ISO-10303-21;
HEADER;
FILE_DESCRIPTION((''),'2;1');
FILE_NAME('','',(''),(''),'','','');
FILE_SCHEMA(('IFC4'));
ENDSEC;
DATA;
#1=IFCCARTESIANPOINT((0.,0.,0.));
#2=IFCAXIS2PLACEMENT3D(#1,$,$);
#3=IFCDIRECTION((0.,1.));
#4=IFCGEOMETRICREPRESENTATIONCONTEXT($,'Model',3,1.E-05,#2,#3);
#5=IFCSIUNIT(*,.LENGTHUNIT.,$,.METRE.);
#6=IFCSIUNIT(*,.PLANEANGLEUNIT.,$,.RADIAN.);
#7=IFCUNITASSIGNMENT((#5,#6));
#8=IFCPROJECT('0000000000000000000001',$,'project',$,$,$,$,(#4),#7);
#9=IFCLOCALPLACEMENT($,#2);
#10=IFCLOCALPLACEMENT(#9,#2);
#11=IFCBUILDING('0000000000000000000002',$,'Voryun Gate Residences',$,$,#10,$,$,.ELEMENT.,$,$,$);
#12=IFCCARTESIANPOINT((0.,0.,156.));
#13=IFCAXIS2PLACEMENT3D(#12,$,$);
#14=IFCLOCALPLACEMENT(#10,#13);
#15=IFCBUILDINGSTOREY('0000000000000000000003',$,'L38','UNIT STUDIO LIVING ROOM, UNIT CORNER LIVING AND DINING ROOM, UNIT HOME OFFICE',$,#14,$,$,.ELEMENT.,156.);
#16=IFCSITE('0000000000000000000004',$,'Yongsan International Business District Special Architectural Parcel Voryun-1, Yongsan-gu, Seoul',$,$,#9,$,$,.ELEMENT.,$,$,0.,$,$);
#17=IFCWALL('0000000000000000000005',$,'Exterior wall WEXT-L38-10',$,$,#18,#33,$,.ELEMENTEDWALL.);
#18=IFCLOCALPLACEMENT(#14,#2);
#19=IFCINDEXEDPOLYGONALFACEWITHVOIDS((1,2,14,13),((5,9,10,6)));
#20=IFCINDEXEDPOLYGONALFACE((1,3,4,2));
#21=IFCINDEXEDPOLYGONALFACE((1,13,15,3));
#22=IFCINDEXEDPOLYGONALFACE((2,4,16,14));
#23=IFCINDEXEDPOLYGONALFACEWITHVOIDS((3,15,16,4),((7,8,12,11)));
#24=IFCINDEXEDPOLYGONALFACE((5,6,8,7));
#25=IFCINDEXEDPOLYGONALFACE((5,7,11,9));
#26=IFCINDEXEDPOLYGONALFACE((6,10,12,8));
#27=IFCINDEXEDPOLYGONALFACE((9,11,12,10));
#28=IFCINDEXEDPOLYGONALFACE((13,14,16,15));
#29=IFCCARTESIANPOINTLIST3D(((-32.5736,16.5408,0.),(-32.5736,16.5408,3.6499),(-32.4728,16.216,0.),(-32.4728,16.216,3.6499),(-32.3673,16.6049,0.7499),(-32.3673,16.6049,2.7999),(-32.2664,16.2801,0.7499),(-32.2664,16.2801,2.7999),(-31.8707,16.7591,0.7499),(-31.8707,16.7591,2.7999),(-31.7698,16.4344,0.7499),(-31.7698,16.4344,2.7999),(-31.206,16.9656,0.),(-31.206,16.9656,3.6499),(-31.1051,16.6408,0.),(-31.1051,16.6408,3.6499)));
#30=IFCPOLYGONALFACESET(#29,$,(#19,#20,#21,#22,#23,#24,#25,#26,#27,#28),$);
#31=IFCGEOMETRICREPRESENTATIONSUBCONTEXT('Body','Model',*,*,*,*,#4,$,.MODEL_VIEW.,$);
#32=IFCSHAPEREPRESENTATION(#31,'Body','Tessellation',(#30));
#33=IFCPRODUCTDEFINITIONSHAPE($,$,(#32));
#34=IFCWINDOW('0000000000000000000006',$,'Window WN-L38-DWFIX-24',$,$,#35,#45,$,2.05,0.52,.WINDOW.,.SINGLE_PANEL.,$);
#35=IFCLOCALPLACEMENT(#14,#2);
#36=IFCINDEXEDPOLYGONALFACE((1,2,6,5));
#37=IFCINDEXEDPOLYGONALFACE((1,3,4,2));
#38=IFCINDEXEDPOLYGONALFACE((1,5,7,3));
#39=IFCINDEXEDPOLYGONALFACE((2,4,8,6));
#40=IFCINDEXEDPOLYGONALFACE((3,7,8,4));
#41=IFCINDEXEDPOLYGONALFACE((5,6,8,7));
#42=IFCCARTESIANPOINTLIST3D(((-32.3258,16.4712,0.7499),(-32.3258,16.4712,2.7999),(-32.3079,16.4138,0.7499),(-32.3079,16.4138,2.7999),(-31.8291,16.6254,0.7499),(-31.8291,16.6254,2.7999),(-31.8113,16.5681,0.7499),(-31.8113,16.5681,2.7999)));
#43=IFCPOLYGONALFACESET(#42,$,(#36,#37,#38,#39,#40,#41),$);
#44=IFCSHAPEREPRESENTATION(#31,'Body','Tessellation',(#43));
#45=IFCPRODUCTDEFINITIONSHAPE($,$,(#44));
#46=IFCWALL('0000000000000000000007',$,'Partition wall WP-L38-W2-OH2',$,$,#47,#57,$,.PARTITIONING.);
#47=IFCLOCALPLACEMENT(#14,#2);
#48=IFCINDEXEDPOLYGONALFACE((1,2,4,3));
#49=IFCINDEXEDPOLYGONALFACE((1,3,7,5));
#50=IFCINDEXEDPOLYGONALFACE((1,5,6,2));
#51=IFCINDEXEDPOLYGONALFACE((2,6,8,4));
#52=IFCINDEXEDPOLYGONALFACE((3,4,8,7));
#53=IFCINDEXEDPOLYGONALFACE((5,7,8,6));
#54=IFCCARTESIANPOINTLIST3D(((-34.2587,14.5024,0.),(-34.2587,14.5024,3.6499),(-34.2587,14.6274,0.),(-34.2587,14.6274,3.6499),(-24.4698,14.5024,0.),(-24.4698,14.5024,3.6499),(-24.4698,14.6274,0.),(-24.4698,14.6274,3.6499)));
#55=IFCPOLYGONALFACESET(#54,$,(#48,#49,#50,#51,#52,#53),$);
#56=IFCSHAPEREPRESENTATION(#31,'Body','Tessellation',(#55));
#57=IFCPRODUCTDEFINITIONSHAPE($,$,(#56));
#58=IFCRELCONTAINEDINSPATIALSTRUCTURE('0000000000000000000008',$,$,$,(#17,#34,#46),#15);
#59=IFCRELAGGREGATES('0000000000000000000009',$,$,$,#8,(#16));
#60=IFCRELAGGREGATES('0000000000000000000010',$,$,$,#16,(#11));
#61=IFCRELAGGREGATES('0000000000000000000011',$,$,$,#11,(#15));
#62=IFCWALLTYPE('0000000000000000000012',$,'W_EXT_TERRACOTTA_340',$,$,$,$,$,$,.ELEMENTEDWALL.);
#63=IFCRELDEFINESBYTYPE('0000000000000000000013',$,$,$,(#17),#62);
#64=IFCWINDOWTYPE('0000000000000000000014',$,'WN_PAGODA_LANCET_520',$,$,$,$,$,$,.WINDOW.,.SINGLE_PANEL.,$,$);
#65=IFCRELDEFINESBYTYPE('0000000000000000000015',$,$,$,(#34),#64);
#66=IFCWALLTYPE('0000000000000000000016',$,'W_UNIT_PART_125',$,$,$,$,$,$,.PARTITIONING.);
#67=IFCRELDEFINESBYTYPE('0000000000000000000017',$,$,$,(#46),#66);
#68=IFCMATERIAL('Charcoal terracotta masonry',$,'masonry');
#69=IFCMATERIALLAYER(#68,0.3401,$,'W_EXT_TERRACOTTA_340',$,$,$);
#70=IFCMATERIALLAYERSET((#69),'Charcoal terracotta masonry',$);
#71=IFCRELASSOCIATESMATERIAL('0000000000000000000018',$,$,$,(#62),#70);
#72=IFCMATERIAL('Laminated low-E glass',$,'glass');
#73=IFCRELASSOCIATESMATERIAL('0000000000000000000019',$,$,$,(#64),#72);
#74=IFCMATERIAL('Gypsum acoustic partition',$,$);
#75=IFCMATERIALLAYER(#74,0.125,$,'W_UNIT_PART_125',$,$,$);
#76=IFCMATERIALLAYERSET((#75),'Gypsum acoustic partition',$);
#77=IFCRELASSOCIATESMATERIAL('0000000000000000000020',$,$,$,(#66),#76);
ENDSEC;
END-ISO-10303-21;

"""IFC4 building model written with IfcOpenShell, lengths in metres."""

from ifc_helpers import new_model, si_unit, direction, frame, frame_2d, origin, place, context, subcontext, project, spatial, rectangle, extrude, material, layer, layer_set, type_object, element, fill, save


model = new_model("IFC4")

# Units and contexts
model_context = context("Model", 3, precision=1e-05, world=origin(), true_north=direction((0.0, 1.0)))
body_context = subcontext(model_context, "Body", "Model", "MODEL_VIEW")
ifc_project = project(units=[si_unit("LENGTHUNIT", "METRE"), si_unit("PLANEANGLEUNIT", "RADIAN")], contexts=[model_context])

# Site, building, storey
site_placement = place(None, origin())
site = spatial("IfcSite", under=ifc_project, at=site_placement, Name="Yongsan International Business District Special Architectural Parcel Voryun-1, Yongsan-gu, Seoul", CompositionType="ELEMENT", RefElevation=0.0)
building_placement = place(site_placement, origin())
building = spatial("IfcBuilding", under=site, at=building_placement, Name="Voryun Gate Residences", CompositionType="ELEMENT")
storey_placement = place(building_placement, frame((0.0, 0.0, 156.0)))
storey = spatial("IfcBuildingStorey", under=building, at=storey_placement, Name="L38", Description="UNIT STUDIO LIVING ROOM, UNIT CORNER LIVING AND DINING ROOM, UNIT HOME OFFICE", CompositionType="ELEMENT", Elevation=156.0)

# Shared definitions
ifc_material_1 = material(Name="Charcoal terracotta masonry", Category="masonry")
ifc_layer_1 = layer(ifc_material_1, 0.3401, Name="W_EXT_TERRACOTTA_340")
ifc_layer_set_1 = layer_set([ifc_layer_1], Name="Charcoal terracotta masonry")
wall_type_1 = type_object("IfcWallType", Name="W_EXT_TERRACOTTA_340", PredefinedType="ELEMENTEDWALL", material=ifc_layer_set_1)

# Wall, opening, window
wall_1_placement = place(storey_placement, frame((-32.5232, 16.3784, 0.0), z_axis=(0.0, 0.0, 1.0), x_axis=(0.954994, 0.296624, 0.0)))
wall_1 = element("IfcWall", 1, at=wall_1_placement, inside=storey, type_object=wall_type_1, Name="Exterior wall WEXT-L38-10", PredefinedType="ELEMENTEDWALL", context=body_context, shape_type="SweptSolid", body=[
    extrude(rectangle(XDim=1.4321, YDim=0.3401, at=frame_2d((0.7161, 0.0))), origin(), (0.0, 0.0, 1.0), 3.6499),
])
opening_1_placement = place(wall_1_placement, frame((0.2161, 0.0, 0.75)))
opening_1 = element("IfcOpeningElement", 2, at=opening_1_placement, cuts=wall_1, PredefinedType="OPENING", context=body_context, shape_type="SweptSolid", body=[
    extrude(rectangle(XDim=0.52, YDim=2.05, at=frame_2d((0.26, 1.0249))), frame((0.0, 0.1799, 0.0), z_axis=(0.0, -1.0, 0.0), x_axis=(1.0, 0.0, 0.0)), (0.0, 0.0, 1.0), 0.3601),
])
ifc_material_2 = material(Name="Laminated low-E glass", Category="glass")
window_type_1 = type_object("IfcWindowType", Name="WN_PAGODA_LANCET_520", PartitioningType="SINGLE_PANEL", PredefinedType="WINDOW", material=ifc_material_2)
window_1_placement = place(opening_1_placement, origin())
window_1 = element("IfcWindow", 3, at=window_1_placement, inside=storey, type_object=window_type_1, Name="Window WN-L38-DWFIX-24", OverallHeight=2.05, OverallWidth=0.52, PartitioningType="SINGLE_PANEL", PredefinedType="WINDOW", context=body_context, shape_type="SweptSolid", body=[
    extrude(rectangle(XDim=0.52, YDim=2.05, at=frame_2d((0.26, 1.0249))), frame((0.0, 0.03, 0.0), z_axis=(0.0, -1.0, 0.0), x_axis=(1.0, 0.0, 0.0)), (0.0, 0.0, 1.0), 0.0601),
])
fill(opening_1, window_1)

# Wall
ifc_material_3 = material(Name="Gypsum acoustic partition")
ifc_layer_2 = layer(ifc_material_3, 0.125, Name="W_UNIT_PART_125")
ifc_layer_set_2 = layer_set([ifc_layer_2], Name="Gypsum acoustic partition")
wall_type_2 = type_object("IfcWallType", Name="W_UNIT_PART_125", PredefinedType="PARTITIONING", material=ifc_layer_set_2)
wall_2_placement = place(storey_placement, frame((-34.2588, 14.5649, 0.0), z_axis=(0.0, 0.0, 1.0), x_axis=(1.0, 0.0, 0.0)))
element("IfcWall", 4, at=wall_2_placement, inside=storey, type_object=wall_type_2, Name="Partition wall WP-L38-W2-OH2", PredefinedType="PARTITIONING", context=body_context, shape_type="SweptSolid", body=[
    extrude(rectangle(XDim=9.7888, YDim=0.125, at=frame_2d((4.8945, 0.0))), origin(), (0.0, 0.0, 1.0), 3.6499),
])

save(model, "model.ifc")
